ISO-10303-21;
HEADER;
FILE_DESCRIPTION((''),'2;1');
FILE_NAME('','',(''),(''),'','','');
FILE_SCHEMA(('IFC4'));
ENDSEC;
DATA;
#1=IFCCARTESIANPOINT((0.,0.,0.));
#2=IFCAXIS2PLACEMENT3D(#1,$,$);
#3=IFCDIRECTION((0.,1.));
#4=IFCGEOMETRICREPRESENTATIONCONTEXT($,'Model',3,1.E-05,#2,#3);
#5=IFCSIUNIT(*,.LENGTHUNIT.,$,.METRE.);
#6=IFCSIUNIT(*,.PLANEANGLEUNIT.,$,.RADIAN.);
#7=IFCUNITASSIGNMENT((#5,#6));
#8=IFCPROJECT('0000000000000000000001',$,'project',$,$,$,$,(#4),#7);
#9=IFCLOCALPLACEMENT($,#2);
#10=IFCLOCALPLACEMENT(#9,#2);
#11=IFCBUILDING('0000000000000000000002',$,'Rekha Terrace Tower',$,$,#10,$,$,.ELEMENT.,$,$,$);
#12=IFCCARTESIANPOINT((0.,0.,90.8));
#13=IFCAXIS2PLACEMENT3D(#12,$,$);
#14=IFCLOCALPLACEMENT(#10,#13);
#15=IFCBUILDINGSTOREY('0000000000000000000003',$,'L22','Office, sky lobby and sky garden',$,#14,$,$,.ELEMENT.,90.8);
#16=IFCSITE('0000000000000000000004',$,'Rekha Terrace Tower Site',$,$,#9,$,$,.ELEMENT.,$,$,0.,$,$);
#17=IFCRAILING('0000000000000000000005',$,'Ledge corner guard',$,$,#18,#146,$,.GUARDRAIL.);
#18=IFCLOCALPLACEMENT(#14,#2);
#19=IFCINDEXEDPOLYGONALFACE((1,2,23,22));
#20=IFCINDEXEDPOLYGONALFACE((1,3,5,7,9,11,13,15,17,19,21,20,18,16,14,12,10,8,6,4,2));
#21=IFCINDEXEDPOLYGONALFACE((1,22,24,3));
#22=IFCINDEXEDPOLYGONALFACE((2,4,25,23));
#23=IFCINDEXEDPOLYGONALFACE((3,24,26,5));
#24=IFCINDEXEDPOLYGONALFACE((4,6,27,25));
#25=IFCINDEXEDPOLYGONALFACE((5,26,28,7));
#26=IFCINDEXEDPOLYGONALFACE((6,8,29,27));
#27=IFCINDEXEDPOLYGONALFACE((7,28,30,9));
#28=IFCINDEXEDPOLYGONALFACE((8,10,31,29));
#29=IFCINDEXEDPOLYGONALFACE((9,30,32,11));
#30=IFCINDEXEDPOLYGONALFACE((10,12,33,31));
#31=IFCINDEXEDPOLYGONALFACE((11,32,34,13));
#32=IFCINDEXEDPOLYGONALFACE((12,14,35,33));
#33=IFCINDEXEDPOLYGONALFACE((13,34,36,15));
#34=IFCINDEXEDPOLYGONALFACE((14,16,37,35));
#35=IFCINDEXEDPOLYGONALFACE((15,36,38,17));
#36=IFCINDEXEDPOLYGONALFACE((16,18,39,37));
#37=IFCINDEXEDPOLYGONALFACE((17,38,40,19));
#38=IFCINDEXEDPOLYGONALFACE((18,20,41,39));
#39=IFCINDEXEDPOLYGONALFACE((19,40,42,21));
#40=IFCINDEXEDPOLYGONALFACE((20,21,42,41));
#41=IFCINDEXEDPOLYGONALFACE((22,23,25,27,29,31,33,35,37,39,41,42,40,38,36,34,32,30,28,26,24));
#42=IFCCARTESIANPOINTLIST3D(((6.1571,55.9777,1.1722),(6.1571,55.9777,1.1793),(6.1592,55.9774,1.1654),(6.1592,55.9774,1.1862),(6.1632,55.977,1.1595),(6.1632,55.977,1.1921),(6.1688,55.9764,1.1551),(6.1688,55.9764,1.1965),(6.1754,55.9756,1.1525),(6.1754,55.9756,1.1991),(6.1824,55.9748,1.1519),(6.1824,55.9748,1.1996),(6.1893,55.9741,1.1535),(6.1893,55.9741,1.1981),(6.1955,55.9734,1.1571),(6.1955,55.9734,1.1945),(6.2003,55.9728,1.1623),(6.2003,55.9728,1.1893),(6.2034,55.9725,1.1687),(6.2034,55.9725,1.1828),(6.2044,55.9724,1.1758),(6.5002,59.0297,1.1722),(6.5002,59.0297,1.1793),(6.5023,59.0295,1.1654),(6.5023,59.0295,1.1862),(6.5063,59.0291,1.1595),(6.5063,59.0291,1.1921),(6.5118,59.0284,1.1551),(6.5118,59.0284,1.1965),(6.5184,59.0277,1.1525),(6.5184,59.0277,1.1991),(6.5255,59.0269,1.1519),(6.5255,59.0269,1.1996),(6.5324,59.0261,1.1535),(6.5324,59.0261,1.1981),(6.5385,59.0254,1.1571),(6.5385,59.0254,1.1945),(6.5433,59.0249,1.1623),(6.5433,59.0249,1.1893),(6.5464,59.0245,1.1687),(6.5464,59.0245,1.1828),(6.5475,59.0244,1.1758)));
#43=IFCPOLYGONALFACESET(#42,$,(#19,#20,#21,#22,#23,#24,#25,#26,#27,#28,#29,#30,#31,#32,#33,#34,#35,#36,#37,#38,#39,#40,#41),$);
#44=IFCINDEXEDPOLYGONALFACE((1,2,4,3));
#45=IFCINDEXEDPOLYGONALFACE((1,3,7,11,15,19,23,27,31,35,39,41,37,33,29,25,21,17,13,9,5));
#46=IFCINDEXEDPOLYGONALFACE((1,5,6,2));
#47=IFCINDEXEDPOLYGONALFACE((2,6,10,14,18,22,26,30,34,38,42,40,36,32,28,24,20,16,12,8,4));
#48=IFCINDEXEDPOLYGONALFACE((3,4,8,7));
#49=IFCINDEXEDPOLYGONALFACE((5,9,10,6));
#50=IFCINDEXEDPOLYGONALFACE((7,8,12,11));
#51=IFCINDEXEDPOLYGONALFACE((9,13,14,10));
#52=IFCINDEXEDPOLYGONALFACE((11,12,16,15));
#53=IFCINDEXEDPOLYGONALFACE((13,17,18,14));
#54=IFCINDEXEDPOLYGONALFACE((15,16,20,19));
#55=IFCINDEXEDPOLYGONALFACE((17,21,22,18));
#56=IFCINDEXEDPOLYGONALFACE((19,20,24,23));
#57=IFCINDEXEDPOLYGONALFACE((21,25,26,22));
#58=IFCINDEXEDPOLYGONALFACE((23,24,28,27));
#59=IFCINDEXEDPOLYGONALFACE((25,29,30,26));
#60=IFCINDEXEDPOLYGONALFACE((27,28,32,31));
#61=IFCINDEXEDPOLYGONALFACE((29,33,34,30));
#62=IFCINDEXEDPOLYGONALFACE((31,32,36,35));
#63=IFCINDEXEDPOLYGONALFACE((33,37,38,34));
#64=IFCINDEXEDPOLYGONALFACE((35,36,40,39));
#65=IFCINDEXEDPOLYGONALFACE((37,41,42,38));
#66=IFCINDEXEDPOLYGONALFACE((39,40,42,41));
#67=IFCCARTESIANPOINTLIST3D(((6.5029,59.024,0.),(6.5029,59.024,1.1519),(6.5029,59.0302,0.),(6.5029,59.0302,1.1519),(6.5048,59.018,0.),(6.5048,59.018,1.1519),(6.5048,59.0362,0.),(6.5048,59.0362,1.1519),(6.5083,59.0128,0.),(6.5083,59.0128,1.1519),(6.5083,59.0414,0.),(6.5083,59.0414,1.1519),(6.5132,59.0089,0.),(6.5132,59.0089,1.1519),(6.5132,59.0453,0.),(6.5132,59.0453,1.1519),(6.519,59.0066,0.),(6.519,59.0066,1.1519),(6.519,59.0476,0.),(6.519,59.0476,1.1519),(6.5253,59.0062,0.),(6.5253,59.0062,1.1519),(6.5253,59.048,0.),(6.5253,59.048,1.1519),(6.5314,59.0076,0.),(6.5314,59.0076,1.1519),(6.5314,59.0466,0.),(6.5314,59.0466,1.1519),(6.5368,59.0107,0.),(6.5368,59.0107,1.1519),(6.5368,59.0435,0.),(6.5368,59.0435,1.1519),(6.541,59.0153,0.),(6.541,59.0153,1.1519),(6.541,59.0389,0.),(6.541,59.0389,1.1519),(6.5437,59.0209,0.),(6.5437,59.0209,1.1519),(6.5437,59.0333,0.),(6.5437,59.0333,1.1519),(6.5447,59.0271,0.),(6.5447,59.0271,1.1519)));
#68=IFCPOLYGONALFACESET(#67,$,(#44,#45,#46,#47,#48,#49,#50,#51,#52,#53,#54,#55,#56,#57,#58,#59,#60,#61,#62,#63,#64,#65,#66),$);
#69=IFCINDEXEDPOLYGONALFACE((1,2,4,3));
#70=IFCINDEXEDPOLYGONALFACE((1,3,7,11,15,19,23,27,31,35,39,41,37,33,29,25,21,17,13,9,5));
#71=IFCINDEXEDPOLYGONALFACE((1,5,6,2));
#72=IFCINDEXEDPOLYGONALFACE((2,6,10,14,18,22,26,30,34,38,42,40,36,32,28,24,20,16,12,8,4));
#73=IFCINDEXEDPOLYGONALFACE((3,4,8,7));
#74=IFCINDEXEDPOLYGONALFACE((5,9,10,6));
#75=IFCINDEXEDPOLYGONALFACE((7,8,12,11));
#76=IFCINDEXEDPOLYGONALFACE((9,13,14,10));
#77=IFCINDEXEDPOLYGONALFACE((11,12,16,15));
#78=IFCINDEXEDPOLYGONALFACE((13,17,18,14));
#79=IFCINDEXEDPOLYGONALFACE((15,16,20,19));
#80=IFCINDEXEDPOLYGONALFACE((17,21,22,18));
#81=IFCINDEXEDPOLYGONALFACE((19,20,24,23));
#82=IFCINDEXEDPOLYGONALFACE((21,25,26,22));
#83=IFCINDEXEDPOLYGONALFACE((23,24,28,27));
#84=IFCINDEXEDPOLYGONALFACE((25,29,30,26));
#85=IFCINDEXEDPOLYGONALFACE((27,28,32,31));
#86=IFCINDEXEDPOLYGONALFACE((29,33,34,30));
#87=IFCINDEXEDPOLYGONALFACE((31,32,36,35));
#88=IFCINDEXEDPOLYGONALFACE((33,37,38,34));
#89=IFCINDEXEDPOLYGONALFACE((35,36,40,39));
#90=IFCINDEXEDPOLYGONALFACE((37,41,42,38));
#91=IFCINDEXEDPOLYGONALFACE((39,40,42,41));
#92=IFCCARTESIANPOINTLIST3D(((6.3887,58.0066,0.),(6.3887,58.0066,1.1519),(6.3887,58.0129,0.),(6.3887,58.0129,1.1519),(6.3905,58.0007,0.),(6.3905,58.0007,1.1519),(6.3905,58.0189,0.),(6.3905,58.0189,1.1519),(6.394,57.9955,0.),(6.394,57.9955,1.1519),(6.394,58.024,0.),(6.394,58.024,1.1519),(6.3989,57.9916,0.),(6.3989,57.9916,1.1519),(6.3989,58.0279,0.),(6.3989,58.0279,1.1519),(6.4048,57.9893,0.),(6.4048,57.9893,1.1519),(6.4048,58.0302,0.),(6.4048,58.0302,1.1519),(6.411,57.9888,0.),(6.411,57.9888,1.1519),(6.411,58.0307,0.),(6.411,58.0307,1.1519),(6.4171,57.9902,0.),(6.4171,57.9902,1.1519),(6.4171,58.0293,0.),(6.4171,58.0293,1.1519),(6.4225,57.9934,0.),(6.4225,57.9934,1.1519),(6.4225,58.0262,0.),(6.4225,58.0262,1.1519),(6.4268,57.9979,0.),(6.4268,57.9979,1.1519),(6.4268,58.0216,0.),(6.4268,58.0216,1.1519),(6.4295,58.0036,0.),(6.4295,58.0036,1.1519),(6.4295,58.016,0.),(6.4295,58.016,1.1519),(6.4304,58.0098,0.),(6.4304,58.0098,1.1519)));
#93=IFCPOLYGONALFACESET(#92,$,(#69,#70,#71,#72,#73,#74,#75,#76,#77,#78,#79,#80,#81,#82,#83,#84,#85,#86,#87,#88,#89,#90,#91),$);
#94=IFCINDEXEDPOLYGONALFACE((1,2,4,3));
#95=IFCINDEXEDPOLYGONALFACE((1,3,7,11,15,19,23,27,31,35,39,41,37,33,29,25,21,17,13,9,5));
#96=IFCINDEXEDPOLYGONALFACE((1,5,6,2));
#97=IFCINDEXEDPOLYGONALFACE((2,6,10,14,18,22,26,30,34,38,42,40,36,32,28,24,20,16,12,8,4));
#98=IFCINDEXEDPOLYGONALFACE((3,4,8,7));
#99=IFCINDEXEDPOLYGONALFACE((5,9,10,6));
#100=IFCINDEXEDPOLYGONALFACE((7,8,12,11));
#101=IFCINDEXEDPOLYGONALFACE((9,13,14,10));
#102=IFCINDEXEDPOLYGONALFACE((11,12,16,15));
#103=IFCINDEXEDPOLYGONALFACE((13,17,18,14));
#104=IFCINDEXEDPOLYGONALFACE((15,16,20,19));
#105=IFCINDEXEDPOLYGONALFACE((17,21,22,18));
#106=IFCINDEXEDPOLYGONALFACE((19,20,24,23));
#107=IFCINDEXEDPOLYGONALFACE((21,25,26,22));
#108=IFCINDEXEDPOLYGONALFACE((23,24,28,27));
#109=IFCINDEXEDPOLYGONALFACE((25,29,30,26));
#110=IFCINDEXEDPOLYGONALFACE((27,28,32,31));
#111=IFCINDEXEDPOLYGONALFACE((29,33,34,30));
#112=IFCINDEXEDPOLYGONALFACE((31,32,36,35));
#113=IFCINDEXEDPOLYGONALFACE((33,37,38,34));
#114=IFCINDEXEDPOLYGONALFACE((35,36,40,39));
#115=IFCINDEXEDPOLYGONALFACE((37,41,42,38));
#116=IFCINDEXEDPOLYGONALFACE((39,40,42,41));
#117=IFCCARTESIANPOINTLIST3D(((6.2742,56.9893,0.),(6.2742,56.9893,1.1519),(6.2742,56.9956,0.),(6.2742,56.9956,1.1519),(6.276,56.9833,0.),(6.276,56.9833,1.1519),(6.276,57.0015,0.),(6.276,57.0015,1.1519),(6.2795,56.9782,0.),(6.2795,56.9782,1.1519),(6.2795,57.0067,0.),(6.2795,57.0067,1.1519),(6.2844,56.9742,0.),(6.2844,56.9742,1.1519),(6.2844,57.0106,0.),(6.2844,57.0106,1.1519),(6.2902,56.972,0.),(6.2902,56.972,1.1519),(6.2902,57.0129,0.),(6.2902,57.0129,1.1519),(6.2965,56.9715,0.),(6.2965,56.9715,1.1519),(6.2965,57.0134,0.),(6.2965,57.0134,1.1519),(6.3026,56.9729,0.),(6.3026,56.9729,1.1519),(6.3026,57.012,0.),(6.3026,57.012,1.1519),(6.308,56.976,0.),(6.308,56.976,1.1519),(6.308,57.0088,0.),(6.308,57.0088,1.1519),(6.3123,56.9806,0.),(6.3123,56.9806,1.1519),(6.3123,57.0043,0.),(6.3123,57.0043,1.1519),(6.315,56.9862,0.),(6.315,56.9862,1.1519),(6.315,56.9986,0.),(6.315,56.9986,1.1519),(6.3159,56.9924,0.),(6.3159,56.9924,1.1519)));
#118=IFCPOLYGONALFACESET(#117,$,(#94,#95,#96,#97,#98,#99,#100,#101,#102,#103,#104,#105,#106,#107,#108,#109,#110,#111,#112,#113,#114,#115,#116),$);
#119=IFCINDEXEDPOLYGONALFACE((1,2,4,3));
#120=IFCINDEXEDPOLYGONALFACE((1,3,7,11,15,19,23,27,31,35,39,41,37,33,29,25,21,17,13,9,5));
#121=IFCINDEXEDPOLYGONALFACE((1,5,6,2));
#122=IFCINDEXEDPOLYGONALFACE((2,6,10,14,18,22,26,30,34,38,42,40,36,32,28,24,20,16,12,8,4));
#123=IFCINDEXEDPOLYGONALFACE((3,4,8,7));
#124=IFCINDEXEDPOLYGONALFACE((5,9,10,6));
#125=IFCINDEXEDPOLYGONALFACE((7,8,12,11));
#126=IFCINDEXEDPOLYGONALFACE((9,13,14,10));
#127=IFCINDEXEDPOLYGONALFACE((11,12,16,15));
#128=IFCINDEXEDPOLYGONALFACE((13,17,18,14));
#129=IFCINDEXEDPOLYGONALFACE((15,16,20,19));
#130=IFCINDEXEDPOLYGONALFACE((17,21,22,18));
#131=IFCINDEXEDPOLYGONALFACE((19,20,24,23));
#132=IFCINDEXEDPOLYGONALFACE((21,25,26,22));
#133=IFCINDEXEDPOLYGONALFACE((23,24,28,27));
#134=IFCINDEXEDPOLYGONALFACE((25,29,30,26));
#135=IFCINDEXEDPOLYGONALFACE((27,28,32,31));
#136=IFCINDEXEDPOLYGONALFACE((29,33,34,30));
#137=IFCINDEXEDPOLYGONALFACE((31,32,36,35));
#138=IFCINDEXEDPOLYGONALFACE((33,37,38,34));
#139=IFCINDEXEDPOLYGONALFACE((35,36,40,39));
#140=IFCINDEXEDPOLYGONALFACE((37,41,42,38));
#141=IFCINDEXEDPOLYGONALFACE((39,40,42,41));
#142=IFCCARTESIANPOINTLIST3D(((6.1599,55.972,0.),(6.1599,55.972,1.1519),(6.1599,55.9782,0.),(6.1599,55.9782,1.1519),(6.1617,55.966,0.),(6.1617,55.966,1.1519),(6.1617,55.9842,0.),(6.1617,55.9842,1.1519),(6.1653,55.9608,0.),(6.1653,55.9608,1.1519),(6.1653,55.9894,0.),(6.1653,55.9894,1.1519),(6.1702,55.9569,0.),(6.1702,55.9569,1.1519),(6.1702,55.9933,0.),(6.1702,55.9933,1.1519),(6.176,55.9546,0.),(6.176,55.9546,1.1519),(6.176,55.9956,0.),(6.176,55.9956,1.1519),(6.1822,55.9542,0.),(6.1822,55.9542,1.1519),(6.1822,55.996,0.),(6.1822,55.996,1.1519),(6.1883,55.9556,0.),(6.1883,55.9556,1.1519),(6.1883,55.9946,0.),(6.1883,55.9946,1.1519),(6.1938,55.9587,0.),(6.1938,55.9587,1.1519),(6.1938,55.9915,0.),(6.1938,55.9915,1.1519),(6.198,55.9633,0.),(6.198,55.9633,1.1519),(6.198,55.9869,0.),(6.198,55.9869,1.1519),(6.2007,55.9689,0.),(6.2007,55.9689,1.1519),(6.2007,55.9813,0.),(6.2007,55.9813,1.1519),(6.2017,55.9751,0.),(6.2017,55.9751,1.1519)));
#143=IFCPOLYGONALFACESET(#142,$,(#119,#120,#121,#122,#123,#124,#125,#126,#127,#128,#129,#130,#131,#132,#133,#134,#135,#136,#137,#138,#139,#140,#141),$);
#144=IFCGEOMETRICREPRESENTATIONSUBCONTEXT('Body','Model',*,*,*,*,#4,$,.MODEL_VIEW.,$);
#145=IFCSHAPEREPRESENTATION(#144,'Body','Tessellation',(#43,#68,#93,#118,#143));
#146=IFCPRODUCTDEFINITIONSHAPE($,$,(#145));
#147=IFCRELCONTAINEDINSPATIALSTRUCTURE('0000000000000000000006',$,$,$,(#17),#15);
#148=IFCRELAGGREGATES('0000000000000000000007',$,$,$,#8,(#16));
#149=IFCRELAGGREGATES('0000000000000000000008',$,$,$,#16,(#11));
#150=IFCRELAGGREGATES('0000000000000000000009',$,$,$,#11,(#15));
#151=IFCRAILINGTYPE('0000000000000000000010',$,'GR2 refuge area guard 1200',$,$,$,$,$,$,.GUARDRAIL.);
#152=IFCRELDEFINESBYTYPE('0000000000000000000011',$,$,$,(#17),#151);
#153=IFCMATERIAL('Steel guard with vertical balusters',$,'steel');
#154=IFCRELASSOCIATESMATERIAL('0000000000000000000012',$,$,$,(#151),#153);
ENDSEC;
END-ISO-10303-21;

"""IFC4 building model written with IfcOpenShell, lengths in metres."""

from ifc_helpers import new_model, si_unit, direction, frame, origin, origin_2d, place, context, subcontext, project, spatial, circle, extrude, material, type_object, element, save


model = new_model("IFC4")

# Units and contexts
model_context = context("Model", 3, precision=1e-05, world=origin(), true_north=direction((0.0, 1.0)))
body_context = subcontext(model_context, "Body", "Model", "MODEL_VIEW")
ifc_project = project(units=[si_unit("LENGTHUNIT", "METRE"), si_unit("PLANEANGLEUNIT", "RADIAN")], contexts=[model_context])

# Site, building, storey
site_placement = place(None, origin())
site = spatial("IfcSite", under=ifc_project, at=site_placement, Name="Rekha Terrace Tower Site", CompositionType="ELEMENT", RefElevation=0.0)
building_placement = place(site_placement, origin())
building = spatial("IfcBuilding", under=site, at=building_placement, Name="Rekha Terrace Tower", CompositionType="ELEMENT")
storey_placement = place(building_placement, frame((0.0, 0.0, 90.8)))
storey = spatial("IfcBuildingStorey", under=building, at=storey_placement, Name="L22", Description="Office, sky lobby and sky garden", CompositionType="ELEMENT", Elevation=90.8)

# Railing
ifc_material_1 = material(Name="Steel guard with vertical balusters", Category="steel")
railing_type = type_object("IfcRailingType", Name="GR2 refuge area guard 1200", PredefinedType="GUARDRAIL", material=ifc_material_1)
railing_1_placement = place(storey_placement, frame((6.5237, 59.0271, 0.0)))
element("IfcRailing", 1, at=railing_1_placement, inside=storey, type_object=railing_type, Name="Ledge corner guard", PredefinedType="GUARDRAIL", context=body_context, shape_type="SweptSolid", body=[
    extrude(circle(Radius=0.0239, at=origin_2d()), frame((0.0, 0.0, 1.1758), z_axis=(-0.111688, -0.993743, 0.0), x_axis=(0.993743, -0.111688, 0.0)), (0.0, 0.0, 1.0), 3.0713),
    extrude(circle(Radius=0.021, at=origin_2d()), origin(), (0.0, 0.0, 1.0), 1.1519),
    extrude(circle(Radius=0.021, at=origin_2d()), frame((-0.1143, -1.0173, 0.0)), (0.0, 0.0, 1.0), 1.1519),
    extrude(circle(Radius=0.021, at=origin_2d()), frame((-0.2288, -2.0347, 0.0)), (0.0, 0.0, 1.0), 1.1519),
    extrude(circle(Radius=0.021, at=origin_2d()), frame((-0.343, -3.052, 0.0)), (0.0, 0.0, 1.0), 1.1519),
])

save(model, "model.ifc")
